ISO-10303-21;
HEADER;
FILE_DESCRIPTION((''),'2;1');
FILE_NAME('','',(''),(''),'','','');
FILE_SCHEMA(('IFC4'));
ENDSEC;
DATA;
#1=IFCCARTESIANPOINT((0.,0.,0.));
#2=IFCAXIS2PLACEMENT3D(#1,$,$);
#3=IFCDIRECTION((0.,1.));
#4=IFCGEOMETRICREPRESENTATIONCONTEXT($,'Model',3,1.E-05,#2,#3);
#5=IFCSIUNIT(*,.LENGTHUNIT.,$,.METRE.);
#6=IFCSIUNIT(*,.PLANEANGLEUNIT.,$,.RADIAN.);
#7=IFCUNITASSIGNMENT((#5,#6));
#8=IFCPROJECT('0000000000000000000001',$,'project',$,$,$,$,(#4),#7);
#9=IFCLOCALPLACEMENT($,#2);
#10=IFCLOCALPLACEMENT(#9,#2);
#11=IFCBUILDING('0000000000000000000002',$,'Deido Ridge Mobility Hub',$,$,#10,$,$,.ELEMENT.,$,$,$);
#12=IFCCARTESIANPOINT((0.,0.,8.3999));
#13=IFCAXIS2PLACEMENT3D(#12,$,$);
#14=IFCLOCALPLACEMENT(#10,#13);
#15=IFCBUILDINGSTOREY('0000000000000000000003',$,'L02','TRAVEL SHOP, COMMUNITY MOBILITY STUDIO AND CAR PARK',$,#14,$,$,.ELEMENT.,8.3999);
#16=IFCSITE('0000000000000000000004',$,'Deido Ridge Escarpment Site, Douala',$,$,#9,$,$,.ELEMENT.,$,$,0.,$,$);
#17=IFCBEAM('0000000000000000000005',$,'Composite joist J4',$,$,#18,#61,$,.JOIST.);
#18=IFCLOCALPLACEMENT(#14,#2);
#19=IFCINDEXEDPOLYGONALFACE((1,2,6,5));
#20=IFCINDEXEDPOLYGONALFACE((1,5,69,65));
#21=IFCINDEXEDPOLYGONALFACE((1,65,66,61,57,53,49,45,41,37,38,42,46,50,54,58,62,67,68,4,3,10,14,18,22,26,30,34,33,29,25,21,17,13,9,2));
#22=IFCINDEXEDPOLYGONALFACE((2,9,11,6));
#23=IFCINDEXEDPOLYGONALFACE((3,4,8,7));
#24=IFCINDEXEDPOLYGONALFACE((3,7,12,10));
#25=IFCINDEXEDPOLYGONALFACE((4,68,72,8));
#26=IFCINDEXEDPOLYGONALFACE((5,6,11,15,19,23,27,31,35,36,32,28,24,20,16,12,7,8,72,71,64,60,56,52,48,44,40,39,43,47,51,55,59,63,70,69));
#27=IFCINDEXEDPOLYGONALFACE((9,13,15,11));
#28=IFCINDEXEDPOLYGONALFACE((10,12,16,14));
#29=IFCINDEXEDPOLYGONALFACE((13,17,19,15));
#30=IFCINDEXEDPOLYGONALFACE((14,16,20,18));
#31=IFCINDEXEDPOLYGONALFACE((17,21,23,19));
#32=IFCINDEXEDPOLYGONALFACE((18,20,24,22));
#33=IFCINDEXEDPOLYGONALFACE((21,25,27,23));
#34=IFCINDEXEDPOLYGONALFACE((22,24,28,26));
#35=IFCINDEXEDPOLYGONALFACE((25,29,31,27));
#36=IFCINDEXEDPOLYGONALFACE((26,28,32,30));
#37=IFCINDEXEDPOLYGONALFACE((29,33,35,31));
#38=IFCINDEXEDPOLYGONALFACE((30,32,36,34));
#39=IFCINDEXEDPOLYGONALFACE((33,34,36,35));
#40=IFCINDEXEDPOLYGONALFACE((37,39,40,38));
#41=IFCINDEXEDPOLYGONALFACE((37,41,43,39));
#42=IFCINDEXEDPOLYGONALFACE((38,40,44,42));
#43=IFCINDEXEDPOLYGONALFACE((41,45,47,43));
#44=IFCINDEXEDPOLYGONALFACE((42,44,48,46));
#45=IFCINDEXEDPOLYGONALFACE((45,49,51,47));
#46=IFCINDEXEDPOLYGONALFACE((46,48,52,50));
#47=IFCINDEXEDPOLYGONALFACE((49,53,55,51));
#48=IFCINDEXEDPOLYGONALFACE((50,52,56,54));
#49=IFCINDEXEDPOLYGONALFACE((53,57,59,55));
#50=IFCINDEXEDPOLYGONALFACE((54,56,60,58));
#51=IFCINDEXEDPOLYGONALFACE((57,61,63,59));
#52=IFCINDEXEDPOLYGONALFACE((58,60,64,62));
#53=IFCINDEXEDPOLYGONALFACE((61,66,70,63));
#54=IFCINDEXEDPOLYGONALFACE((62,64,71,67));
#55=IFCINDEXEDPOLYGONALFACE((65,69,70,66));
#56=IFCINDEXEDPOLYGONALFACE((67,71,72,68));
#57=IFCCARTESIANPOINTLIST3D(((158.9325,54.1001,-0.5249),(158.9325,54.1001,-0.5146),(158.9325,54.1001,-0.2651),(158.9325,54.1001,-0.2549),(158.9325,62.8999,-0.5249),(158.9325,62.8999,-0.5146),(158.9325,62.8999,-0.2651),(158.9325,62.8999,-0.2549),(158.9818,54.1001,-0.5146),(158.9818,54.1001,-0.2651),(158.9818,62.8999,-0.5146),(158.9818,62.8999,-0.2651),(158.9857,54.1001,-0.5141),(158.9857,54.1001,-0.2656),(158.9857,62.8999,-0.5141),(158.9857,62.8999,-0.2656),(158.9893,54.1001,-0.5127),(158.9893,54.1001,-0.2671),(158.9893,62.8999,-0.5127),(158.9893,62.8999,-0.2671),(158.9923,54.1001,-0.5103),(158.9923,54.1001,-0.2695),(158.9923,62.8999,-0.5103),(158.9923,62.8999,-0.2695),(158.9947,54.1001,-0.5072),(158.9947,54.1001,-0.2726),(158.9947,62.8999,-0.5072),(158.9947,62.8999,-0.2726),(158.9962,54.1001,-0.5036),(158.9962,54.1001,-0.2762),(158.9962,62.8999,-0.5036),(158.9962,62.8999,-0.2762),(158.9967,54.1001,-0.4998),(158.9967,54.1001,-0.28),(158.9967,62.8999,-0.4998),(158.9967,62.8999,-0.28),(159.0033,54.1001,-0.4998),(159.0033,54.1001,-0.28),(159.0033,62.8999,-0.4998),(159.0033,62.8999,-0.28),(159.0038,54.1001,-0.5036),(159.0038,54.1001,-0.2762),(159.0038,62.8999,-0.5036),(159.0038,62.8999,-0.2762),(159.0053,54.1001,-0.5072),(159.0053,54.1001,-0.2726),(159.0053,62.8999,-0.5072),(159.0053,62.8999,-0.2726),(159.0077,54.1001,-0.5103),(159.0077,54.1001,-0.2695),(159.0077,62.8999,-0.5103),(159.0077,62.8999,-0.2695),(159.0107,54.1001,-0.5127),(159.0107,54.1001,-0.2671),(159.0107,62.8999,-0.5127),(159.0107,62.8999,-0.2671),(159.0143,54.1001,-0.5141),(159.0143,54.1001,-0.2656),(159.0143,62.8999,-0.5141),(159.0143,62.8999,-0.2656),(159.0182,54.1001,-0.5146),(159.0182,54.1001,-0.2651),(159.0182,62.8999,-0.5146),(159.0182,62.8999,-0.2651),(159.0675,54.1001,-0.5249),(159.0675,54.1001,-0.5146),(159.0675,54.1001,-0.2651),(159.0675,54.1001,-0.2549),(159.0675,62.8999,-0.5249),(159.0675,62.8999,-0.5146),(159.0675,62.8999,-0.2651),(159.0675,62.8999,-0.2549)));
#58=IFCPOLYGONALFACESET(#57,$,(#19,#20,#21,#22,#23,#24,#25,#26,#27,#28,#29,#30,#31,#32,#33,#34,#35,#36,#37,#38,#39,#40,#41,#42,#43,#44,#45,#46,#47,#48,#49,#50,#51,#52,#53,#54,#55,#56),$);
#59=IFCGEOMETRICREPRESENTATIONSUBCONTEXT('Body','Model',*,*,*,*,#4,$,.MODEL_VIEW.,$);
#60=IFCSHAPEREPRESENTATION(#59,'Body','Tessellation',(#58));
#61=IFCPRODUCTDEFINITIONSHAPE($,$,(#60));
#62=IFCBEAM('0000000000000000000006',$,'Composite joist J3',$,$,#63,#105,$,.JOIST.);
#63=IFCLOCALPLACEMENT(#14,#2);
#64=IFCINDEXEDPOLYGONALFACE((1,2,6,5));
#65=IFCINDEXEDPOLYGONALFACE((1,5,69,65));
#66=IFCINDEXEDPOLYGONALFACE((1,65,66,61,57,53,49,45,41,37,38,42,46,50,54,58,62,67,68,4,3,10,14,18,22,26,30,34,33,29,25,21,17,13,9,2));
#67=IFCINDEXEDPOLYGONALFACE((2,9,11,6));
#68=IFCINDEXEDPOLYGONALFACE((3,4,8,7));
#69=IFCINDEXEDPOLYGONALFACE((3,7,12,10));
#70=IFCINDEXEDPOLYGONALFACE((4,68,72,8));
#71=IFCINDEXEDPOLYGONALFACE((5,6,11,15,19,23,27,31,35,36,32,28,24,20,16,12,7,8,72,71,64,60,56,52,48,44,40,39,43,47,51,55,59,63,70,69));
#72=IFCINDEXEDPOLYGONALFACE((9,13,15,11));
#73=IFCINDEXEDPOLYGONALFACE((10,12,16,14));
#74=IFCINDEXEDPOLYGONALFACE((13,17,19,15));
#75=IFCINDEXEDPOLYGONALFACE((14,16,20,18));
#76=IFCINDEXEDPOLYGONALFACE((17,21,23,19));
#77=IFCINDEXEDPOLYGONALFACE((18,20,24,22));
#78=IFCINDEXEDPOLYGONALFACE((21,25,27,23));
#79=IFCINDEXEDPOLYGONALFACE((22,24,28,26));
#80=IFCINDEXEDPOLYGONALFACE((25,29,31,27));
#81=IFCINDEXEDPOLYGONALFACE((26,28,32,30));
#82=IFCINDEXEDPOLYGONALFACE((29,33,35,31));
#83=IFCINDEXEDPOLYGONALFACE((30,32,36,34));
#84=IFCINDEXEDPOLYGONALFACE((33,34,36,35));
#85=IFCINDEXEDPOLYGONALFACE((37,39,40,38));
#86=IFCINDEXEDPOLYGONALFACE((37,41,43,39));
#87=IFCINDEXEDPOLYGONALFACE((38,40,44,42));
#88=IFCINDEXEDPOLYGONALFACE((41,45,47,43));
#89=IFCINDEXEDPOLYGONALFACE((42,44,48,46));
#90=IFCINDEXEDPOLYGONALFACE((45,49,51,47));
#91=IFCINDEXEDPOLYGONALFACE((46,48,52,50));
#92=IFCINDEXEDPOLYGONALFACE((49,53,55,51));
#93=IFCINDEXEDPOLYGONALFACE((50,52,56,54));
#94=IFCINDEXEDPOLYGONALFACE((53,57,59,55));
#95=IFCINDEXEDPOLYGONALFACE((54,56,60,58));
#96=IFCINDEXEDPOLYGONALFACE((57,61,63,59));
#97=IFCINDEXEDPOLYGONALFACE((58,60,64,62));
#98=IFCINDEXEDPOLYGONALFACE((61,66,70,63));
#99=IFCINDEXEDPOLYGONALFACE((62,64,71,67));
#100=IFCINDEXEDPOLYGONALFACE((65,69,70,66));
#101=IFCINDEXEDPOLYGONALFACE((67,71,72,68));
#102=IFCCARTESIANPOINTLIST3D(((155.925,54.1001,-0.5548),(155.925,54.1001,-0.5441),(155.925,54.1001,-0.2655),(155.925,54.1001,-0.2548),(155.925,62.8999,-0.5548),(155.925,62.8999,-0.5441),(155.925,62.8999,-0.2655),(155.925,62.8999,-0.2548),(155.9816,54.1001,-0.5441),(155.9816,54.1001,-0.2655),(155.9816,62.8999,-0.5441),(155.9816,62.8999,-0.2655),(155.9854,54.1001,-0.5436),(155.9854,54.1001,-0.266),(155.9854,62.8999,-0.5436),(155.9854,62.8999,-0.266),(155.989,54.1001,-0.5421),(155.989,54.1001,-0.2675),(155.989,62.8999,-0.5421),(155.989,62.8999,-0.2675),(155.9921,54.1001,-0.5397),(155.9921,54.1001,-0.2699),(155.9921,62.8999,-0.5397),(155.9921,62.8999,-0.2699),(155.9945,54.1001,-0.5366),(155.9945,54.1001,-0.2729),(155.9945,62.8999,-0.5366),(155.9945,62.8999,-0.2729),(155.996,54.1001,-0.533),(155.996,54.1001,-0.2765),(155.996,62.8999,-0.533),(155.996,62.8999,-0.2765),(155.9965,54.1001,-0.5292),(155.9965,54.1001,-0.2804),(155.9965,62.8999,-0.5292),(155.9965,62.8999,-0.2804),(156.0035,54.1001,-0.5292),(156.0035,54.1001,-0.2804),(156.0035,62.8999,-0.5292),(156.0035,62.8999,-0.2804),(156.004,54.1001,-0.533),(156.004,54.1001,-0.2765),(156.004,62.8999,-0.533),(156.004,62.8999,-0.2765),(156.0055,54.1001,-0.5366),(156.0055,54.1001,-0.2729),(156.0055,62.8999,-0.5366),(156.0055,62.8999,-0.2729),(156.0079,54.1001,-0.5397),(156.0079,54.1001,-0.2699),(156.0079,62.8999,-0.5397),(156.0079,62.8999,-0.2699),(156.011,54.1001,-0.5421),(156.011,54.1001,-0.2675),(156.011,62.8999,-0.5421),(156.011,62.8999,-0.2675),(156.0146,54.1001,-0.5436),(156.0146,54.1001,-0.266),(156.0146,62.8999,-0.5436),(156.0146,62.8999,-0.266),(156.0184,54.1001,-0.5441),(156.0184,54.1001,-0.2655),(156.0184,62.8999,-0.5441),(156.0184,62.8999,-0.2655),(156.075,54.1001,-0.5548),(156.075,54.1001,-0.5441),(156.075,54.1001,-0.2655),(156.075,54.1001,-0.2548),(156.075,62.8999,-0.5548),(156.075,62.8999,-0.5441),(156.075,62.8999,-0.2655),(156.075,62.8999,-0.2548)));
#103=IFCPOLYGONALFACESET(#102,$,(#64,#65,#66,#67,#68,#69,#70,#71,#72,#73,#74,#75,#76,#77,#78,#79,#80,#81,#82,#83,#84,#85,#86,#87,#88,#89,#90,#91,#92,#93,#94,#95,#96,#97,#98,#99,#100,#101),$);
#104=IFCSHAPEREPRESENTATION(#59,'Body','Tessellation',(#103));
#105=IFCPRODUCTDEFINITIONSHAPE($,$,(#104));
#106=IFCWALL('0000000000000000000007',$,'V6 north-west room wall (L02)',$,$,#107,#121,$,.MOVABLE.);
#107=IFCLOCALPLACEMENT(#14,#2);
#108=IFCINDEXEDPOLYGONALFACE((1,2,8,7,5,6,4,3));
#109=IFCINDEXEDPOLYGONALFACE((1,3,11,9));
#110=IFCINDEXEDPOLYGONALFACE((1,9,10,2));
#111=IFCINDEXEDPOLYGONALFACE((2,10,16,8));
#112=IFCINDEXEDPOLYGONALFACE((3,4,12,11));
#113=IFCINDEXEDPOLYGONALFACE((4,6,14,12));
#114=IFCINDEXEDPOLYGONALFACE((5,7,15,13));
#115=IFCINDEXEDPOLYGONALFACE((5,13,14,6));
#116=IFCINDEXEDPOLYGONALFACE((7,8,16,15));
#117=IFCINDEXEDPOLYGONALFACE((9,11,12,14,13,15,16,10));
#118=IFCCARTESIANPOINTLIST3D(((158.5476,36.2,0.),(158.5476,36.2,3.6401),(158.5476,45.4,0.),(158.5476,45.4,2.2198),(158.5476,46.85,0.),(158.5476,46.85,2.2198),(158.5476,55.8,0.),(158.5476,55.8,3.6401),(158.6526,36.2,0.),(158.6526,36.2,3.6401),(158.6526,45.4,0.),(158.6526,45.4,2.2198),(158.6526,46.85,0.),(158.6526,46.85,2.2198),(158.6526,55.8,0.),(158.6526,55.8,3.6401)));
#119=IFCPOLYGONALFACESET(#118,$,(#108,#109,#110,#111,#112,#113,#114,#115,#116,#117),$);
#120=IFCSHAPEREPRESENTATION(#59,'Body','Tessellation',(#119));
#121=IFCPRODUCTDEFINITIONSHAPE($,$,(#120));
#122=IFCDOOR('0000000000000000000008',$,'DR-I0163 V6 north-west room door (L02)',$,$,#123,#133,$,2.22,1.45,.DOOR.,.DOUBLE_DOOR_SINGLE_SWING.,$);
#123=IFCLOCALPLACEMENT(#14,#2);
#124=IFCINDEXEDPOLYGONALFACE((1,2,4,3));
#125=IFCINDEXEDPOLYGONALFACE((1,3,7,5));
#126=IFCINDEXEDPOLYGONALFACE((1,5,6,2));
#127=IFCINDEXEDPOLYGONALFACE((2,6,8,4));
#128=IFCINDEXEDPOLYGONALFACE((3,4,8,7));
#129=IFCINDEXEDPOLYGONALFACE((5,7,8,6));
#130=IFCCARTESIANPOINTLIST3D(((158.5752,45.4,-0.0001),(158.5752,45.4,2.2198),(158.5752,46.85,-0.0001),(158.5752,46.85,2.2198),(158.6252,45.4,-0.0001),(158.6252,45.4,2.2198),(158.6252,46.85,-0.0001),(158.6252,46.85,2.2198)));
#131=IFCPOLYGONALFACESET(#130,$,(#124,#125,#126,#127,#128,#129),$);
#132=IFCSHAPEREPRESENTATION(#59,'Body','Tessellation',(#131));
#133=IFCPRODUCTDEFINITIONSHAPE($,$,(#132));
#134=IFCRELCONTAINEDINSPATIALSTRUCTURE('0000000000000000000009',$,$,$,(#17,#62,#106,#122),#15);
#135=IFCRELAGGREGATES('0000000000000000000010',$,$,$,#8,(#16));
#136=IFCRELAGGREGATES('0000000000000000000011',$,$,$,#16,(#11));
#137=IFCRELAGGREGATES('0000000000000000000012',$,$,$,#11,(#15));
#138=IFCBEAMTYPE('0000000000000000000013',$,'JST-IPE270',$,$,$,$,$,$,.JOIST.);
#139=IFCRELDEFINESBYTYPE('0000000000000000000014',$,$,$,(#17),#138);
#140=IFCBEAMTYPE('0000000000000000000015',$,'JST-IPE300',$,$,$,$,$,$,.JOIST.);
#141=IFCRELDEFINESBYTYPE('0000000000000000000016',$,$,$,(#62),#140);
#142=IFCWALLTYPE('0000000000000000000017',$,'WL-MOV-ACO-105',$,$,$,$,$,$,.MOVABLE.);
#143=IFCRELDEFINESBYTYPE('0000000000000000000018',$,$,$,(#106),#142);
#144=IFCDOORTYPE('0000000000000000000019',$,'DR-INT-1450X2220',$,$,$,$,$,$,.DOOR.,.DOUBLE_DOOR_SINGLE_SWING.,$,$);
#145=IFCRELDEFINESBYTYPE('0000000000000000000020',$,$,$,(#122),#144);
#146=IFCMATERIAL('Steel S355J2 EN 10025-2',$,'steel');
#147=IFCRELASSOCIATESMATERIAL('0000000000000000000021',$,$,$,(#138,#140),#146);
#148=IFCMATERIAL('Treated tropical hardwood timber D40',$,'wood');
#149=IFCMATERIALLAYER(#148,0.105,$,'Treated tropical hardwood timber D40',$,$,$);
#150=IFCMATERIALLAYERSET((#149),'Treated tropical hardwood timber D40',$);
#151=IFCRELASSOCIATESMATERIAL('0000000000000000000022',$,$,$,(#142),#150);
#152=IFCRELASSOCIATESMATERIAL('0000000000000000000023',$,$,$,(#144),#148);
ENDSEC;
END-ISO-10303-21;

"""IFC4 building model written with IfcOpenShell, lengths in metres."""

from ifc_helpers import new_model, si_unit, direction, frame, frame_2d, origin, origin_2d, place, context, subcontext, project, spatial, rectangle, i_section, extrude, material, layer, layer_set, material_profile, profile_set, type_object, element, fill, save


model = new_model("IFC4")

# Units and contexts
model_context = context("Model", 3, precision=1e-05, world=origin(), true_north=direction((0.0, 1.0)))
body_context = subcontext(model_context, "Body", "Model", "MODEL_VIEW")
ifc_project = project(units=[si_unit("LENGTHUNIT", "METRE"), si_unit("PLANEANGLEUNIT", "RADIAN")], contexts=[model_context])

# Site, building, storey
site_placement = place(None, origin())
site = spatial("IfcSite", under=ifc_project, at=site_placement, Name="Deido Ridge Escarpment Site, Douala", CompositionType="ELEMENT", RefElevation=0.0)
building_placement = place(site_placement, origin())
building = spatial("IfcBuilding", under=site, at=building_placement, Name="Deido Ridge Mobility Hub", CompositionType="ELEMENT")
storey_placement = place(building_placement, frame((0.0, 0.0, 8.3999)))
storey = spatial("IfcBuildingStorey", under=building, at=storey_placement, Name="L02", Description="TRAVEL SHOP, COMMUNITY MOBILITY STUDIO AND CAR PARK", CompositionType="ELEMENT", Elevation=8.3999)

# Shared definitions
ifc_material_1 = material(Name="Steel S355J2 EN 10025-2", Category="steel")

# Beams
ifc_material_profile_1 = material_profile(ifc_material_1, i_section(OverallWidth=0.135, OverallDepth=0.27, WebThickness=0.0066, FlangeThickness=0.0103, FilletRadius=0.0149, at=origin_2d()), Name="IPE 270")
ifc_profile_set_1 = profile_set([ifc_material_profile_1], Name="Steel S355J2 EN 10025-2")
beam_type_1 = type_object("IfcBeamType", Name="JST-IPE270", PredefinedType="JOIST", material=ifc_profile_set_1)
beam_1_placement = place(storey_placement, frame((159.0, 54.1001, -0.3899), z_axis=(0.0, 1.0, 0.0), x_axis=(-1.0, 0.0, 0.0)))
element("IfcBeam", 1, at=beam_1_placement, inside=storey, type_object=beam_type_1, Name="Composite joist J4", PredefinedType="JOIST", context=body_context, shape_type="SweptSolid", body=[
    extrude(i_section(OverallWidth=0.135, OverallDepth=0.27, WebThickness=0.0066, FlangeThickness=0.0103, FilletRadius=0.0149, at=origin_2d()), origin(), (0.0, 0.0, 1.0), 8.7998),
])
ifc_material_profile_2 = material_profile(ifc_material_1, i_section(OverallWidth=0.1499, OverallDepth=0.3, WebThickness=0.0071, FlangeThickness=0.0107, FilletRadius=0.0149, at=origin_2d()), Name="IPE 300")
ifc_profile_set_2 = profile_set([ifc_material_profile_2], Name="Steel S355J2 EN 10025-2")
beam_type_2 = type_object("IfcBeamType", Name="JST-IPE300", PredefinedType="JOIST", material=ifc_profile_set_2)
beam_2_placement = place(storey_placement, frame((156.0, 54.1001, -0.4048), z_axis=(0.0, 1.0, 0.0), x_axis=(-1.0, 0.0, 0.0)))
element("IfcBeam", 2, at=beam_2_placement, inside=storey, type_object=beam_type_2, Name="Composite joist J3", PredefinedType="JOIST", context=body_context, shape_type="SweptSolid", body=[
    extrude(i_section(OverallWidth=0.1499, OverallDepth=0.3, WebThickness=0.0071, FlangeThickness=0.0107, FilletRadius=0.0149, at=origin_2d()), origin(), (0.0, 0.0, 1.0), 8.7998),
])

# Wall, opening, door
ifc_material_2 = material(Name="Treated tropical hardwood timber D40", Category="wood")
ifc_layer = layer(ifc_material_2, 0.105, Name="Treated tropical hardwood timber D40")
ifc_layer_set = layer_set([ifc_layer], Name="Treated tropical hardwood timber D40")
wall_type = type_object("IfcWallType", Name="WL-MOV-ACO-105", PredefinedType="MOVABLE", material=ifc_layer_set)
wall_placement = place(storey_placement, frame((158.6001, 36.2, 0.0), z_axis=(0.0, 0.0, 1.0), x_axis=(0.0, 1.0, 0.0)))
wall = element("IfcWall", 3, at=wall_placement, inside=storey, type_object=wall_type, Name="V6 north-west room wall (L02)", PredefinedType="MOVABLE", context=body_context, shape_type="SweptSolid", body=[
    extrude(rectangle(XDim=19.6001, YDim=0.105, at=frame_2d((9.8, 0.0))), origin(), (0.0, 0.0, 1.0), 3.6401),
])
opening_placement = place(wall_placement, frame((9.2, 0.0, 0.0)))
opening = element("IfcOpeningElement", 4, at=opening_placement, cuts=wall, PredefinedType="OPENING", context=body_context, shape_type="SweptSolid", body=[
    extrude(rectangle(XDim=1.45, YDim=2.22, at=frame_2d((0.7251, 1.1099))), frame((0.0, 0.0625, 0.0), z_axis=(0.0, -1.0, 0.0), x_axis=(1.0, 0.0, 0.0)), (0.0, 0.0, 1.0), 0.125),
])
door_type = type_object("IfcDoorType", Name="DR-INT-1450X2220", OperationType="DOUBLE_DOOR_SINGLE_SWING", PredefinedType="DOOR", material=ifc_material_2)
door_placement = place(opening_placement, origin())
door = element("IfcDoor", 5, at=door_placement, inside=storey, type_object=door_type, Name="DR-I0163 V6 north-west room door (L02)", OperationType="DOUBLE_DOOR_SINGLE_SWING", OverallHeight=2.22, OverallWidth=1.45, PredefinedType="DOOR", context=body_context, shape_type="SweptSolid", body=[
    extrude(rectangle(XDim=1.45, YDim=2.22, at=frame_2d((0.7251, 1.1099))), frame((0.0, 0.0249, 0.0), z_axis=(0.0, -1.0, 0.0), x_axis=(1.0, 0.0, 0.0)), (0.0, 0.0, 1.0), 0.05),
])
fill(opening, door)

save(model, "model.ifc")
